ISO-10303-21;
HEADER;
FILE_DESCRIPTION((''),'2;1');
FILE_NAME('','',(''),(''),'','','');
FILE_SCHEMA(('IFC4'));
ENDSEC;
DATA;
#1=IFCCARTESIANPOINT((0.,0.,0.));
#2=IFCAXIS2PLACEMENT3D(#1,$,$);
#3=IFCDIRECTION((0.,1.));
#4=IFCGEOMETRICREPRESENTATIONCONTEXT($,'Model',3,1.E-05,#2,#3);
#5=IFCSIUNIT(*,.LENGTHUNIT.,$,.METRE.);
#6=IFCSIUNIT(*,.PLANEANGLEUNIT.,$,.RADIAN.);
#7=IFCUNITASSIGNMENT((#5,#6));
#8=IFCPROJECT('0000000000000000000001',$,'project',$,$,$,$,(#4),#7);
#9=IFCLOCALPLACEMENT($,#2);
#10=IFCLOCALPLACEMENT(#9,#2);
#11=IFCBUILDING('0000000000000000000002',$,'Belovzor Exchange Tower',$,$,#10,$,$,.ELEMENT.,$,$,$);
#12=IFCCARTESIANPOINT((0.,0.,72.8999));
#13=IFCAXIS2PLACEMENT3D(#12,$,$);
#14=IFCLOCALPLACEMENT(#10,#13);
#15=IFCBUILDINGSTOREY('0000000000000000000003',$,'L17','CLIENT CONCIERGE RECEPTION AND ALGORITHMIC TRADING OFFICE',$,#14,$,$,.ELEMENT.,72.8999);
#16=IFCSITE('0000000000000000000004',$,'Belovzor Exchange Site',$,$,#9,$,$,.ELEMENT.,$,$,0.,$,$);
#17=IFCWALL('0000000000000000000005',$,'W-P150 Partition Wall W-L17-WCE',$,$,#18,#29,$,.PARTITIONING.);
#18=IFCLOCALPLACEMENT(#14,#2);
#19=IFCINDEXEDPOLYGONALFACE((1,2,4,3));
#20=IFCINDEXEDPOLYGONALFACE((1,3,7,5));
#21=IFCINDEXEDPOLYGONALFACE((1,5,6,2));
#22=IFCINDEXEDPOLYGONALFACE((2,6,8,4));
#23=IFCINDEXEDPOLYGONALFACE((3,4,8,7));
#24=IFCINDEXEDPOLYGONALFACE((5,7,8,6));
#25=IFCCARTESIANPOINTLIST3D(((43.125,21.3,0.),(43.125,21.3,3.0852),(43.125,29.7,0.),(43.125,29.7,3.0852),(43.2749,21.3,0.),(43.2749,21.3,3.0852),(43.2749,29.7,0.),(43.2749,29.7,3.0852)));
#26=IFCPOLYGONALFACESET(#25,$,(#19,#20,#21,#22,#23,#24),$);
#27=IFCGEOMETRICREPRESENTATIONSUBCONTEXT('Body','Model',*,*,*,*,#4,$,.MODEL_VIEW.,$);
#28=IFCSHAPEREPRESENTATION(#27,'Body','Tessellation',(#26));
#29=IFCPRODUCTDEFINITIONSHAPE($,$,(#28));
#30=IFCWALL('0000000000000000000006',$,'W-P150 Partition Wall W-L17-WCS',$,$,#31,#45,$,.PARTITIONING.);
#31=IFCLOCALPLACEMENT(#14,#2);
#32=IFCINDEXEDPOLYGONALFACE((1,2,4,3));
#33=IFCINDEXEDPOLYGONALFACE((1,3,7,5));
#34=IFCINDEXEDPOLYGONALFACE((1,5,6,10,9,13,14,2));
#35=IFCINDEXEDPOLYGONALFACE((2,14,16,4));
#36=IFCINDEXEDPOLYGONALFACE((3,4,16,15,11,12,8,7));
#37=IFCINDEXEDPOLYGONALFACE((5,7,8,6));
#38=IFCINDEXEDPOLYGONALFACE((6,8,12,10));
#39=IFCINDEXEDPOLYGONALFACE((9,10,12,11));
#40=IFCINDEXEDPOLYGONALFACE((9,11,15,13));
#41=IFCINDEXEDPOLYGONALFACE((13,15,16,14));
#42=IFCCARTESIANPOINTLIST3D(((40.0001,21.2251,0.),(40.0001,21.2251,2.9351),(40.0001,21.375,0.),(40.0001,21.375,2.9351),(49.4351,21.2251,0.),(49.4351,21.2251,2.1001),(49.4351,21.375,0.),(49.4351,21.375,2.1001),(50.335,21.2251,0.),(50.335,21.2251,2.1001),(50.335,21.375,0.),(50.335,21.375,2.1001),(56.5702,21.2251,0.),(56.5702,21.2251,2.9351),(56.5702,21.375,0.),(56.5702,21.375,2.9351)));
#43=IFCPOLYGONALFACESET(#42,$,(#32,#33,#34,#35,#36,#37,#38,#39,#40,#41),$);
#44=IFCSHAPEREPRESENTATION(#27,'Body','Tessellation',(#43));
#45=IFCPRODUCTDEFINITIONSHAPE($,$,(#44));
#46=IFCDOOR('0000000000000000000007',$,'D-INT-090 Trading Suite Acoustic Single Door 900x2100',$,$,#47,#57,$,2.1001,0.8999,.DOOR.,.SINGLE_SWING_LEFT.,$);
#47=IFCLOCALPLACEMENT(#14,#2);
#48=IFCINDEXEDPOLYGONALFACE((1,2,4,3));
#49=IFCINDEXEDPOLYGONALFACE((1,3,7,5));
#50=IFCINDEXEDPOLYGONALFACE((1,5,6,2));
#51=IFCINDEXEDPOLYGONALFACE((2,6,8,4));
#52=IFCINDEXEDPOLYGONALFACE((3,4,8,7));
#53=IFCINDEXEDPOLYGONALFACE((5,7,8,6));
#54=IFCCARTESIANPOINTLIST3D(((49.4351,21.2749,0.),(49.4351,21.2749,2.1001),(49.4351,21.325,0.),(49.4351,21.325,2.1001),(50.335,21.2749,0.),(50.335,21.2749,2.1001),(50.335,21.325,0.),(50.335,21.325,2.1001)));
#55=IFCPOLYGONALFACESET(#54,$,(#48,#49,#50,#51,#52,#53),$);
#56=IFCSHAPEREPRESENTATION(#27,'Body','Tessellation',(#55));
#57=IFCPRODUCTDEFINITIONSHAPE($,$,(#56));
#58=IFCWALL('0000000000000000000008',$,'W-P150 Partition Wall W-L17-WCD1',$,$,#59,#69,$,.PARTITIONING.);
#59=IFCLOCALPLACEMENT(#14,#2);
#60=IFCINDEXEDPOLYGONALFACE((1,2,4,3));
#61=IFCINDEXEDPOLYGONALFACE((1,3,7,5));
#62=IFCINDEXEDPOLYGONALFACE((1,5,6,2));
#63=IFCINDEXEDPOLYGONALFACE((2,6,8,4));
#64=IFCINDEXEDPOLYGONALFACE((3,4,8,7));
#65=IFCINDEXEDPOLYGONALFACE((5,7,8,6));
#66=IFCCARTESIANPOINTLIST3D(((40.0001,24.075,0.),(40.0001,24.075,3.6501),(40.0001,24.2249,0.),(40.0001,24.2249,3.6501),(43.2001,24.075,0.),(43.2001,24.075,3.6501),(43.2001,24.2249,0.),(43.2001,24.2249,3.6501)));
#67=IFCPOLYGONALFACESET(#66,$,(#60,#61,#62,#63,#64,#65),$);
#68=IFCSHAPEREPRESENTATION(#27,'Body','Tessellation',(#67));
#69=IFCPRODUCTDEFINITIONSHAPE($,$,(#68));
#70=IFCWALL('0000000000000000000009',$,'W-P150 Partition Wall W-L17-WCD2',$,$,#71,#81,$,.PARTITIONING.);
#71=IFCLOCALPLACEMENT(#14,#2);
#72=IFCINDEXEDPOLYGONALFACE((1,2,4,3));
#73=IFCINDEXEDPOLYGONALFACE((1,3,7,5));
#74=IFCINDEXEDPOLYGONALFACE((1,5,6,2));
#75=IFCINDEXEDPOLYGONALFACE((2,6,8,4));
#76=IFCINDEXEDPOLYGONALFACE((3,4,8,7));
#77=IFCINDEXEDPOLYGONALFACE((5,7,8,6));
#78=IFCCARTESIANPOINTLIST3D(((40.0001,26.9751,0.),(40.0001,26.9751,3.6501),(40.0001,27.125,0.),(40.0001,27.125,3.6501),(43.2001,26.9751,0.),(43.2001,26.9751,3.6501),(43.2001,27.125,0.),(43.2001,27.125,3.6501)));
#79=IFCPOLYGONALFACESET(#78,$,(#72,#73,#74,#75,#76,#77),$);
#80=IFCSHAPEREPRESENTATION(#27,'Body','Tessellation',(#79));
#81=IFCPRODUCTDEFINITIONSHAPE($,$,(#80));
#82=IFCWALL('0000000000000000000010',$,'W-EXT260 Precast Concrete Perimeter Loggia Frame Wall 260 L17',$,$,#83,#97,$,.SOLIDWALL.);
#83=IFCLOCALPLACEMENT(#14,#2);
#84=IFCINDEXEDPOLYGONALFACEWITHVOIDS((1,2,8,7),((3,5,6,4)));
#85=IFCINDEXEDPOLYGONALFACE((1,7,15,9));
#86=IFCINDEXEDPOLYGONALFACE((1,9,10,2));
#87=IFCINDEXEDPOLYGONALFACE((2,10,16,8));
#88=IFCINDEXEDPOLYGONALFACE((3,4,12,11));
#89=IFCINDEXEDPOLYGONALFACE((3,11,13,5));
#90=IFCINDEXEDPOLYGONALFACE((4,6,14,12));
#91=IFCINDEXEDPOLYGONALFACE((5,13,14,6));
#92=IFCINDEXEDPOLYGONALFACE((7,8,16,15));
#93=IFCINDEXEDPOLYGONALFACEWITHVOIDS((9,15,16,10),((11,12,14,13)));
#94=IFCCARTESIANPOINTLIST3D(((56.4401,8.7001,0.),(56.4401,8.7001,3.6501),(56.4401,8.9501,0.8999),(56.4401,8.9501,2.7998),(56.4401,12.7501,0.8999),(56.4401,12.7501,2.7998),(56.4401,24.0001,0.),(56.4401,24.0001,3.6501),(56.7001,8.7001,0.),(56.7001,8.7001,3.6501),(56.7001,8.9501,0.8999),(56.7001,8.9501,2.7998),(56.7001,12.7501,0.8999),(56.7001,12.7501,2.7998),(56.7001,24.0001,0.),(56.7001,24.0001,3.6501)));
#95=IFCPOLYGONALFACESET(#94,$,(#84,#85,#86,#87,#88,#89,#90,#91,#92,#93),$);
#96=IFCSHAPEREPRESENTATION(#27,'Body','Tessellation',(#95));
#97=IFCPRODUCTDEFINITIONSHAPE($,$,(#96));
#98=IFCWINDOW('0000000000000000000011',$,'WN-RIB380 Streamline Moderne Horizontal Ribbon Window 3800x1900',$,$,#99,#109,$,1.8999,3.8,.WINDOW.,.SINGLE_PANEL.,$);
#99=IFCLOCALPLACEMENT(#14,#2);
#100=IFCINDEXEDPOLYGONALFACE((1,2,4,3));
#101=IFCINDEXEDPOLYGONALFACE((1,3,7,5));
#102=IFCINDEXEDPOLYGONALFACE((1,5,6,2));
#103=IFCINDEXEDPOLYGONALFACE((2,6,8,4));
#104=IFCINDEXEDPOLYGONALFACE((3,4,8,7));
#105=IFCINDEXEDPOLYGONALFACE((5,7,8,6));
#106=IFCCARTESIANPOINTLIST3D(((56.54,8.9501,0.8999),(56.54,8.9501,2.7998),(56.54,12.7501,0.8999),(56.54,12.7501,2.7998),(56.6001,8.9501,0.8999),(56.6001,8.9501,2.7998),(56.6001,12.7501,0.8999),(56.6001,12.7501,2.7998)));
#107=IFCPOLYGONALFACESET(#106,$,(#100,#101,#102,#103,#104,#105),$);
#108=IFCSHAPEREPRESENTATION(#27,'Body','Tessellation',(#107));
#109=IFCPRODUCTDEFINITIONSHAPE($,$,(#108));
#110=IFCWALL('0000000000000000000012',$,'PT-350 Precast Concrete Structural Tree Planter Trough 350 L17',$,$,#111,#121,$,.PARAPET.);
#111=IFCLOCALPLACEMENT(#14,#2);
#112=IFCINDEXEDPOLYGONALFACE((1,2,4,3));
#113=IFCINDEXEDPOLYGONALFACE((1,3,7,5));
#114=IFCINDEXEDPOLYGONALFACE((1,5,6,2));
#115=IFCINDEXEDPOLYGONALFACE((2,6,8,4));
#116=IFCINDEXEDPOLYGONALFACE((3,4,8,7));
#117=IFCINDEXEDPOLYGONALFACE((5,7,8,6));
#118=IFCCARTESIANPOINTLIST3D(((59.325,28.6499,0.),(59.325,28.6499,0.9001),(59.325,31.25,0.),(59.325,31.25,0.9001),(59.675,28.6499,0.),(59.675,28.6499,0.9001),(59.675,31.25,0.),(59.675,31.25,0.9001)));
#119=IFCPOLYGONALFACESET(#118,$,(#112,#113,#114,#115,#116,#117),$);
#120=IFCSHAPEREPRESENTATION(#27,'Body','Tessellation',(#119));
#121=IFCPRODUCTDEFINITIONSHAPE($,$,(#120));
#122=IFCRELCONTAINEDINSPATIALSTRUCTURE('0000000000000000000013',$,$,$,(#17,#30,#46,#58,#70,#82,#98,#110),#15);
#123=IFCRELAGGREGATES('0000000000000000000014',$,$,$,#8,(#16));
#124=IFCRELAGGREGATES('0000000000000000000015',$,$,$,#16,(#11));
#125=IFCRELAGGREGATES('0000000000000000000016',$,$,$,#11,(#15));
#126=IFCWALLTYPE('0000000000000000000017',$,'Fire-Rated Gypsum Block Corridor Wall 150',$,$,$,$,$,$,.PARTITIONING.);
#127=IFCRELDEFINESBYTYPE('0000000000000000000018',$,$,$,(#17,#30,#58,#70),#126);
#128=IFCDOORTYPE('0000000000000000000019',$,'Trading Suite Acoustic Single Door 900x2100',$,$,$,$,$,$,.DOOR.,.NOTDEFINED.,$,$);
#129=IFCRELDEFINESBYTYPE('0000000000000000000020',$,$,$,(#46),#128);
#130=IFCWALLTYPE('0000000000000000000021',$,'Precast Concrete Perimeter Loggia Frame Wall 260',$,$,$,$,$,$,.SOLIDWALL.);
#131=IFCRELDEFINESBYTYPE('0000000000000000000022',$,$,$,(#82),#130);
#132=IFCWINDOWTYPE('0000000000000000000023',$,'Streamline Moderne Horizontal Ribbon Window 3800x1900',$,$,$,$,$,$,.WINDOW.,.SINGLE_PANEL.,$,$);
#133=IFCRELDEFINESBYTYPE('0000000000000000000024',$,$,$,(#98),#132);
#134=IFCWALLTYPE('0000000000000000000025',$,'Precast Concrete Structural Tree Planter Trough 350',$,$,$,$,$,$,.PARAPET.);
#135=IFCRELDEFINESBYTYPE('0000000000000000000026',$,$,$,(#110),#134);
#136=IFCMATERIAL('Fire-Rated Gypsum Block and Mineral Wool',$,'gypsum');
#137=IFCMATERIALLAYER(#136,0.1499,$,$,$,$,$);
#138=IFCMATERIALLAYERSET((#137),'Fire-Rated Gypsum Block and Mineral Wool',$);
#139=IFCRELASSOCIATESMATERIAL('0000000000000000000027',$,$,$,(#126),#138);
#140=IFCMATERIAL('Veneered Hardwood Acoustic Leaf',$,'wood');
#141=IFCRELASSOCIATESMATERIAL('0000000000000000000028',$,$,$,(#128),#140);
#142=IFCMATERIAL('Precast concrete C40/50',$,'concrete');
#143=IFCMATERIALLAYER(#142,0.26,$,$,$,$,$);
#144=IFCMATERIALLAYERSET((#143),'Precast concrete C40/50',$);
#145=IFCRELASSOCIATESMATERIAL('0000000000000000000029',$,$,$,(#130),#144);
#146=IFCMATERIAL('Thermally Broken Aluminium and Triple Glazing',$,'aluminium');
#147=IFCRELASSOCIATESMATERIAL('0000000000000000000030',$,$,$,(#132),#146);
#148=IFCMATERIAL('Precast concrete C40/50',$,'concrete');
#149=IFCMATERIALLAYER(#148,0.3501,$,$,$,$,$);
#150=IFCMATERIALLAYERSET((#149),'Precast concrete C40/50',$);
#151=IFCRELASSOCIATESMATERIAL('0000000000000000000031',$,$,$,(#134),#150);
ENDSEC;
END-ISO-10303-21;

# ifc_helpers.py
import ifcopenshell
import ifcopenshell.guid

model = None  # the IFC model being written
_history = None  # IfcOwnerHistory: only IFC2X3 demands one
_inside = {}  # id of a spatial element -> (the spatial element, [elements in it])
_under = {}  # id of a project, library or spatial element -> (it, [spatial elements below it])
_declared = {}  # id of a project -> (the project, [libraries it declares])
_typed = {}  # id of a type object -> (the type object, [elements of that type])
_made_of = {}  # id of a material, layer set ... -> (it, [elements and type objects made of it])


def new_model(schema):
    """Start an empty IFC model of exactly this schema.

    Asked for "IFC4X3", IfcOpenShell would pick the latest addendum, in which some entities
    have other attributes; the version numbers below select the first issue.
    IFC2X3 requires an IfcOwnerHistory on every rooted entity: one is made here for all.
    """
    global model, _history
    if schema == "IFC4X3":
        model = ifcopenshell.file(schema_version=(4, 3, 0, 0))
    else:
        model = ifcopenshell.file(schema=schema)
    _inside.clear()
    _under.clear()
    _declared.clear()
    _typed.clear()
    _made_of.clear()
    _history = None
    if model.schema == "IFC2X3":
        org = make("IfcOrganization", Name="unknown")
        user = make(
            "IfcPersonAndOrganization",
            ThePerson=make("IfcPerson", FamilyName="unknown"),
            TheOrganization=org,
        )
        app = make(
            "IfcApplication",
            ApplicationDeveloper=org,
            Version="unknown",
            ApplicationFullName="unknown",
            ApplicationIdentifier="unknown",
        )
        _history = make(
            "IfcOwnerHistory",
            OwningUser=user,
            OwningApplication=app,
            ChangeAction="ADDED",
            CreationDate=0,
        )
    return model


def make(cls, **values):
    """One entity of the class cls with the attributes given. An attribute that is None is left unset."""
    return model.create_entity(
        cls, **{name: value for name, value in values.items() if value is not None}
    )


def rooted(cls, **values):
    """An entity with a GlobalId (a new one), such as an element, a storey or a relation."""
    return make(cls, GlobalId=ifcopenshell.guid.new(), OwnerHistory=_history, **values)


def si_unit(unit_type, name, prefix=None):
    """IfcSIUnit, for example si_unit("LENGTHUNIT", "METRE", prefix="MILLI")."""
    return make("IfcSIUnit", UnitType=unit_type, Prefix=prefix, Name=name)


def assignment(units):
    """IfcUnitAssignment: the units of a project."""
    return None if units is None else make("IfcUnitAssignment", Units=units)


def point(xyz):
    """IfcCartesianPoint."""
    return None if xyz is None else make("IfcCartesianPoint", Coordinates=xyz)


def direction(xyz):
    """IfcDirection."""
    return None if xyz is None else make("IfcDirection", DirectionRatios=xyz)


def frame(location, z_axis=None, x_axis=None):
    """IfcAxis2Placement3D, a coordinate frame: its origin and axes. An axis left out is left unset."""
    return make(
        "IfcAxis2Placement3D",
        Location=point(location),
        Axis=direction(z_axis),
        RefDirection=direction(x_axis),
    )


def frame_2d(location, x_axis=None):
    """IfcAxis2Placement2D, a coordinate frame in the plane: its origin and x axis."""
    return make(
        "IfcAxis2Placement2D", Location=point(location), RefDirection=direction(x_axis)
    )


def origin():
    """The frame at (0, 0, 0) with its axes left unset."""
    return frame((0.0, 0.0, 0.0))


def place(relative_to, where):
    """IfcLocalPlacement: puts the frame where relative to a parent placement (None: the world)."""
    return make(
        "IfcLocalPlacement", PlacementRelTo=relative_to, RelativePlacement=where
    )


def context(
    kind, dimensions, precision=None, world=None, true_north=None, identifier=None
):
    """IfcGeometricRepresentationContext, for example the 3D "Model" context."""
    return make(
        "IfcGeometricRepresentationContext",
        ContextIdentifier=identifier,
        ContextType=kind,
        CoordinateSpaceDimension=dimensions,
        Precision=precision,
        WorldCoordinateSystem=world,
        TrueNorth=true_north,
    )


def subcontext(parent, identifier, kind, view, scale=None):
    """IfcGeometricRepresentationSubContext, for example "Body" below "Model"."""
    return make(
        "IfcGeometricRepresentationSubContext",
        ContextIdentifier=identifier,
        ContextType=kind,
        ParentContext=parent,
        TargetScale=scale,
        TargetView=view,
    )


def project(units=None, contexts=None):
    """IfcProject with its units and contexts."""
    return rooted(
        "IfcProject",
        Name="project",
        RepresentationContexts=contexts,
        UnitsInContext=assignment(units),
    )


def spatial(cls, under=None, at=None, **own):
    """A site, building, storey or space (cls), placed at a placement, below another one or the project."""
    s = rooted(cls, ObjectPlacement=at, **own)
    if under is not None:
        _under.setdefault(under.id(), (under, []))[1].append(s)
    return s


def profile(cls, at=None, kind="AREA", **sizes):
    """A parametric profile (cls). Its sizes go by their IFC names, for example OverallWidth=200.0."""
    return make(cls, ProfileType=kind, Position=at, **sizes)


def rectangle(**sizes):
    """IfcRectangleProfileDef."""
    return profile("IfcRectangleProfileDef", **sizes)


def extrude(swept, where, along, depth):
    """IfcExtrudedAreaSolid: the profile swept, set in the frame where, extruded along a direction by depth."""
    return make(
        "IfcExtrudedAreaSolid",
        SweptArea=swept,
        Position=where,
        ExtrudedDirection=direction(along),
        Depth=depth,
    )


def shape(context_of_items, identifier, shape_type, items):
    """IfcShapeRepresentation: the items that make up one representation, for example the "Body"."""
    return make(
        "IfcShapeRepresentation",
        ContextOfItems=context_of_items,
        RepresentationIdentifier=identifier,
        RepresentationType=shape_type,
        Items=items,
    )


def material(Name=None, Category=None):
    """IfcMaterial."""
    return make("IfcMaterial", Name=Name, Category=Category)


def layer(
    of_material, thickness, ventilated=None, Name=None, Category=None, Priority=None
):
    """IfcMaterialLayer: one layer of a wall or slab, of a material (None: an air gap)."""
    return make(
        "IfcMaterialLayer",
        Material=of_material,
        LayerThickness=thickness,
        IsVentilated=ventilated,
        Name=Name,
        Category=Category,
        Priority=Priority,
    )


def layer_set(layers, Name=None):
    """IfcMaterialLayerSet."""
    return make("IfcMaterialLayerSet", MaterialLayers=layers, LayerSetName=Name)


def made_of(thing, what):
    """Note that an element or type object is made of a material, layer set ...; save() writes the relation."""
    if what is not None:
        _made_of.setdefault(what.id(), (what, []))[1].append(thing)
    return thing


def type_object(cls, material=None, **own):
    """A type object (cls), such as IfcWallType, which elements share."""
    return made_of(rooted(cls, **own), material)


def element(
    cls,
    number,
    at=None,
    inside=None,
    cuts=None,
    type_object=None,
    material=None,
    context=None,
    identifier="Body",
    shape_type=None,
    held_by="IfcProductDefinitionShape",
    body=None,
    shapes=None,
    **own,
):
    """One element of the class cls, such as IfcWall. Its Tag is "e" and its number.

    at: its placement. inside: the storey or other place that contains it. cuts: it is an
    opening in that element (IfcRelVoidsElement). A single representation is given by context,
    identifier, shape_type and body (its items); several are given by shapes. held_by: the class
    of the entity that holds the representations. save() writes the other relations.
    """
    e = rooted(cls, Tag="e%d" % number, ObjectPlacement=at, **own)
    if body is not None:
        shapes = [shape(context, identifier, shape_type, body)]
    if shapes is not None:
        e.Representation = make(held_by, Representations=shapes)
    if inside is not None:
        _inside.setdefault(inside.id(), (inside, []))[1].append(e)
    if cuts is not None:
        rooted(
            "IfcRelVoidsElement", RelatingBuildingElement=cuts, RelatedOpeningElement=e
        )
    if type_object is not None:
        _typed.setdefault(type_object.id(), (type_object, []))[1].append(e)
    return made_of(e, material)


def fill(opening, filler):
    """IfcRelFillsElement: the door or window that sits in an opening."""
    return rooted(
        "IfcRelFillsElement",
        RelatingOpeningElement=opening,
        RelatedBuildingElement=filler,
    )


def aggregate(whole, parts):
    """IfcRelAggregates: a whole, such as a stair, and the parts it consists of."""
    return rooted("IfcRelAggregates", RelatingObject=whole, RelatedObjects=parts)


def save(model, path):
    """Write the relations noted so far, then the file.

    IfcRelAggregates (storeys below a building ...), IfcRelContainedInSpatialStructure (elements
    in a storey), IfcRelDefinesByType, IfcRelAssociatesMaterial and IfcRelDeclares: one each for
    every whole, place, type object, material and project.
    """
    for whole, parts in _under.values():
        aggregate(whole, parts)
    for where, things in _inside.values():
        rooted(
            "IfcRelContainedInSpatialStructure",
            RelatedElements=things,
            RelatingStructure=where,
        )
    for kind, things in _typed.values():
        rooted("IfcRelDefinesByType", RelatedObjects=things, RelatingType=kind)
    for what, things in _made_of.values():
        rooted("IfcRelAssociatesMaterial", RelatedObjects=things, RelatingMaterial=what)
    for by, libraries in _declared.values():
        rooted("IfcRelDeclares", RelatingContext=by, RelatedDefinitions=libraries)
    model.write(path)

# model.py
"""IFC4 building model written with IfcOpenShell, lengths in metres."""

from ifc_helpers import new_model, si_unit, direction, frame, frame_2d, origin, place, context, subcontext, project, spatial, rectangle, extrude, material, layer, layer_set, type_object, element, fill, save


model = new_model("IFC4")

# Units and contexts
model_context = context("Model", 3, precision=1e-05, world=origin(), true_north=direction((0.0, 1.0)))
body_context = subcontext(model_context, "Body", "Model", "MODEL_VIEW")
ifc_project = project(units=[si_unit("LENGTHUNIT", "METRE"), si_unit("PLANEANGLEUNIT", "RADIAN")], contexts=[model_context])

# Site, building, storey
site_placement = place(None, origin())
site = spatial("IfcSite", under=ifc_project, at=site_placement, Name="Belovzor Exchange Site", CompositionType="ELEMENT", RefElevation=0.0)
building_placement = place(site_placement, origin())
building = spatial("IfcBuilding", under=site, at=building_placement, Name="Belovzor Exchange Tower", CompositionType="ELEMENT")
storey_placement = place(building_placement, frame((0.0, 0.0, 72.8999)))
storey = spatial("IfcBuildingStorey", under=building, at=storey_placement, Name="L17", Description="CLIENT CONCIERGE RECEPTION AND ALGORITHMIC TRADING OFFICE", CompositionType="ELEMENT", Elevation=72.8999)

# Wall
ifc_material_1 = material(Name="Fire-Rated Gypsum Block and Mineral Wool", Category="gypsum")
ifc_layer_1 = layer(ifc_material_1, 0.1499)
ifc_layer_set_1 = layer_set([ifc_layer_1], Name="Fire-Rated Gypsum Block and Mineral Wool")
wall_type_1 = type_object("IfcWallType", Name="Fire-Rated Gypsum Block Corridor Wall 150", PredefinedType="PARTITIONING", material=ifc_layer_set_1)
wall_1_placement = place(storey_placement, frame((43.2, 21.3, 0.0), z_axis=(0.0, 0.0, 1.0), x_axis=(0.0, 1.0, 0.0)))
element("IfcWall", 1, at=wall_1_placement, inside=storey, type_object=wall_type_1, Name="W-P150 Partition Wall W-L17-WCE", PredefinedType="PARTITIONING", context=body_context, shape_type="SweptSolid", body=[
    extrude(rectangle(XDim=8.3999, YDim=0.1499, at=frame_2d((4.2, 0.0))), origin(), (0.0, 0.0, 1.0), 3.0852),
])

# Wall, opening, door
wall_2_placement = place(storey_placement, frame((40.0, 21.3, 0.0), z_axis=(0.0, 0.0, 1.0), x_axis=(1.0, 0.0, 0.0)))
wall_2 = element("IfcWall", 2, at=wall_2_placement, inside=storey, type_object=wall_type_1, Name="W-P150 Partition Wall W-L17-WCS", PredefinedType="PARTITIONING", context=body_context, shape_type="SweptSolid", body=[
    extrude(rectangle(XDim=16.5701, YDim=0.1499, at=frame_2d((8.2852, 0.0))), origin(), (0.0, 0.0, 1.0), 2.9351),
])
opening_1_placement = place(wall_2_placement, frame((9.4351, 0.0, 0.0)))
opening_1 = element("IfcOpeningElement", 3, at=opening_1_placement, cuts=wall_2, PredefinedType="OPENING", context=body_context, shape_type="SweptSolid", body=[
    extrude(rectangle(XDim=0.8999, YDim=2.1001, at=frame_2d((0.45, 1.05))), frame((0.0, 0.085, 0.0), z_axis=(0.0, -1.0, 0.0), x_axis=(1.0, 0.0, 0.0)), (0.0, 0.0, 1.0), 0.1699),
])
ifc_material_2 = material(Name="Veneered Hardwood Acoustic Leaf", Category="wood")
door_type = type_object("IfcDoorType", Name="Trading Suite Acoustic Single Door 900x2100", OperationType="NOTDEFINED", PredefinedType="DOOR", material=ifc_material_2)
door_placement = place(opening_1_placement, origin())
door = element("IfcDoor", 4, at=door_placement, inside=storey, type_object=door_type, Name="D-INT-090 Trading Suite Acoustic Single Door 900x2100", OperationType="SINGLE_SWING_LEFT", OverallHeight=2.1001, OverallWidth=0.8999, PredefinedType="DOOR", context=body_context, shape_type="SweptSolid", body=[
    extrude(rectangle(XDim=0.8999, YDim=2.1001, at=frame_2d((0.45, 1.05))), frame((0.0, 0.0249, 0.0), z_axis=(0.0, -1.0, 0.0), x_axis=(1.0, 0.0, 0.0)), (0.0, 0.0, 1.0), 0.05),
])
fill(opening_1, door)

# Walls
for number, where, z_axis, x_axis, name in (
    (5, (40.0, 24.1499, 0.0), (0.0, 0.0, 1.0), (1.0, 0.0, 0.0), "W-P150 Partition Wall W-L17-WCD1"),
    (6, (40.0, 27.05, 0.0), (0.0, 0.0, 1.0), (1.0, 0.0, 0.0), "W-P150 Partition Wall W-L17-WCD2"),
):
    element("IfcWall", number, at=place(storey_placement, frame(where, z_axis=z_axis, x_axis=x_axis)), inside=storey, type_object=wall_type_1, Name=name, PredefinedType="PARTITIONING", context=body_context, shape_type="SweptSolid", body=[
        extrude(rectangle(XDim=3.2, YDim=0.1499, at=frame_2d((1.6001, 0.0))), origin(), (0.0, 0.0, 1.0), 3.6501),
    ])

# Wall, opening, window
ifc_material_3 = material(Name="Precast concrete C40/50", Category="concrete")
ifc_layer_2 = layer(ifc_material_3, 0.26)
ifc_layer_set_2 = layer_set([ifc_layer_2], Name="Precast concrete C40/50")
wall_type_2 = type_object("IfcWallType", Name="Precast Concrete Perimeter Loggia Frame Wall 260", PredefinedType="SOLIDWALL", material=ifc_layer_set_2)
wall_3_placement = place(storey_placement, frame((56.5701, 24.0, 0.0), z_axis=(0.0, 0.0, 1.0), x_axis=(0.0, -1.0, 0.0)))
wall_3 = element("IfcWall", 7, at=wall_3_placement, inside=storey, type_object=wall_type_2, Name="W-EXT260 Precast Concrete Perimeter Loggia Frame Wall 260 L17", PredefinedType="SOLIDWALL", context=body_context, shape_type="SweptSolid", body=[
    extrude(rectangle(XDim=15.3, YDim=0.26, at=frame_2d((7.6499, 0.0))), origin(), (0.0, 0.0, 1.0), 3.6501),
])
opening_2_placement = place(wall_3_placement, frame((11.25, 0.0, 0.8999)))
opening_2 = element("IfcOpeningElement", 8, at=opening_2_placement, cuts=wall_3, PredefinedType="OPENING", context=body_context, shape_type="SweptSolid", body=[
    extrude(rectangle(XDim=3.8, YDim=1.8999, at=frame_2d((1.8999, 0.95))), frame((0.0, 0.1399, 0.0), z_axis=(0.0, -1.0, 0.0), x_axis=(1.0, 0.0, 0.0)), (0.0, 0.0, 1.0), 0.28),
])
ifc_material_4 = material(Name="Thermally Broken Aluminium and Triple Glazing", Category="aluminium")
window_type = type_object("IfcWindowType", Name="Streamline Moderne Horizontal Ribbon Window 3800x1900", PartitioningType="SINGLE_PANEL", PredefinedType="WINDOW", material=ifc_material_4)
window_placement = place(opening_2_placement, origin())
window = element("IfcWindow", 9, at=window_placement, inside=storey, type_object=window_type, Name="WN-RIB380 Streamline Moderne Horizontal Ribbon Window 3800x1900", OverallHeight=1.8999, OverallWidth=3.8, PartitioningType="SINGLE_PANEL", PredefinedType="WINDOW", context=body_context, shape_type="SweptSolid", body=[
    extrude(rectangle(XDim=3.8, YDim=1.8999, at=frame_2d((1.8999, 0.95))), frame((0.0, 0.03, 0.0), z_axis=(0.0, -1.0, 0.0), x_axis=(1.0, 0.0, 0.0)), (0.0, 0.0, 1.0), 0.0601),
])
fill(opening_2, window)

# Wall
ifc_material_5 = material(Name="Precast concrete C40/50", Category="concrete")
ifc_layer_3 = layer(ifc_material_5, 0.3501)
ifc_layer_set_3 = layer_set([ifc_layer_3], Name="Precast concrete C40/50")
wall_type_3 = type_object("IfcWallType", Name="Precast Concrete Structural Tree Planter Trough 350", PredefinedType="PARAPET", material=ifc_layer_set_3)
wall_4_placement = place(storey_placement, frame((59.5, 28.6499, 0.0), z_axis=(0.0, 0.0, 1.0), x_axis=(0.0, 1.0, 0.0)))
element("IfcWall", 10, at=wall_4_placement, inside=storey, type_object=wall_type_3, Name="PT-350 Precast Concrete Structural Tree Planter Trough 350 L17", PredefinedType="PARAPET", context=body_context, shape_type="SweptSolid", body=[
    extrude(rectangle(XDim=2.6001, YDim=0.3501, at=frame_2d((1.3, 0.0))), origin(), (0.0, 0.0, 1.0), 0.9001),
])

save(model, "model.ifc")
